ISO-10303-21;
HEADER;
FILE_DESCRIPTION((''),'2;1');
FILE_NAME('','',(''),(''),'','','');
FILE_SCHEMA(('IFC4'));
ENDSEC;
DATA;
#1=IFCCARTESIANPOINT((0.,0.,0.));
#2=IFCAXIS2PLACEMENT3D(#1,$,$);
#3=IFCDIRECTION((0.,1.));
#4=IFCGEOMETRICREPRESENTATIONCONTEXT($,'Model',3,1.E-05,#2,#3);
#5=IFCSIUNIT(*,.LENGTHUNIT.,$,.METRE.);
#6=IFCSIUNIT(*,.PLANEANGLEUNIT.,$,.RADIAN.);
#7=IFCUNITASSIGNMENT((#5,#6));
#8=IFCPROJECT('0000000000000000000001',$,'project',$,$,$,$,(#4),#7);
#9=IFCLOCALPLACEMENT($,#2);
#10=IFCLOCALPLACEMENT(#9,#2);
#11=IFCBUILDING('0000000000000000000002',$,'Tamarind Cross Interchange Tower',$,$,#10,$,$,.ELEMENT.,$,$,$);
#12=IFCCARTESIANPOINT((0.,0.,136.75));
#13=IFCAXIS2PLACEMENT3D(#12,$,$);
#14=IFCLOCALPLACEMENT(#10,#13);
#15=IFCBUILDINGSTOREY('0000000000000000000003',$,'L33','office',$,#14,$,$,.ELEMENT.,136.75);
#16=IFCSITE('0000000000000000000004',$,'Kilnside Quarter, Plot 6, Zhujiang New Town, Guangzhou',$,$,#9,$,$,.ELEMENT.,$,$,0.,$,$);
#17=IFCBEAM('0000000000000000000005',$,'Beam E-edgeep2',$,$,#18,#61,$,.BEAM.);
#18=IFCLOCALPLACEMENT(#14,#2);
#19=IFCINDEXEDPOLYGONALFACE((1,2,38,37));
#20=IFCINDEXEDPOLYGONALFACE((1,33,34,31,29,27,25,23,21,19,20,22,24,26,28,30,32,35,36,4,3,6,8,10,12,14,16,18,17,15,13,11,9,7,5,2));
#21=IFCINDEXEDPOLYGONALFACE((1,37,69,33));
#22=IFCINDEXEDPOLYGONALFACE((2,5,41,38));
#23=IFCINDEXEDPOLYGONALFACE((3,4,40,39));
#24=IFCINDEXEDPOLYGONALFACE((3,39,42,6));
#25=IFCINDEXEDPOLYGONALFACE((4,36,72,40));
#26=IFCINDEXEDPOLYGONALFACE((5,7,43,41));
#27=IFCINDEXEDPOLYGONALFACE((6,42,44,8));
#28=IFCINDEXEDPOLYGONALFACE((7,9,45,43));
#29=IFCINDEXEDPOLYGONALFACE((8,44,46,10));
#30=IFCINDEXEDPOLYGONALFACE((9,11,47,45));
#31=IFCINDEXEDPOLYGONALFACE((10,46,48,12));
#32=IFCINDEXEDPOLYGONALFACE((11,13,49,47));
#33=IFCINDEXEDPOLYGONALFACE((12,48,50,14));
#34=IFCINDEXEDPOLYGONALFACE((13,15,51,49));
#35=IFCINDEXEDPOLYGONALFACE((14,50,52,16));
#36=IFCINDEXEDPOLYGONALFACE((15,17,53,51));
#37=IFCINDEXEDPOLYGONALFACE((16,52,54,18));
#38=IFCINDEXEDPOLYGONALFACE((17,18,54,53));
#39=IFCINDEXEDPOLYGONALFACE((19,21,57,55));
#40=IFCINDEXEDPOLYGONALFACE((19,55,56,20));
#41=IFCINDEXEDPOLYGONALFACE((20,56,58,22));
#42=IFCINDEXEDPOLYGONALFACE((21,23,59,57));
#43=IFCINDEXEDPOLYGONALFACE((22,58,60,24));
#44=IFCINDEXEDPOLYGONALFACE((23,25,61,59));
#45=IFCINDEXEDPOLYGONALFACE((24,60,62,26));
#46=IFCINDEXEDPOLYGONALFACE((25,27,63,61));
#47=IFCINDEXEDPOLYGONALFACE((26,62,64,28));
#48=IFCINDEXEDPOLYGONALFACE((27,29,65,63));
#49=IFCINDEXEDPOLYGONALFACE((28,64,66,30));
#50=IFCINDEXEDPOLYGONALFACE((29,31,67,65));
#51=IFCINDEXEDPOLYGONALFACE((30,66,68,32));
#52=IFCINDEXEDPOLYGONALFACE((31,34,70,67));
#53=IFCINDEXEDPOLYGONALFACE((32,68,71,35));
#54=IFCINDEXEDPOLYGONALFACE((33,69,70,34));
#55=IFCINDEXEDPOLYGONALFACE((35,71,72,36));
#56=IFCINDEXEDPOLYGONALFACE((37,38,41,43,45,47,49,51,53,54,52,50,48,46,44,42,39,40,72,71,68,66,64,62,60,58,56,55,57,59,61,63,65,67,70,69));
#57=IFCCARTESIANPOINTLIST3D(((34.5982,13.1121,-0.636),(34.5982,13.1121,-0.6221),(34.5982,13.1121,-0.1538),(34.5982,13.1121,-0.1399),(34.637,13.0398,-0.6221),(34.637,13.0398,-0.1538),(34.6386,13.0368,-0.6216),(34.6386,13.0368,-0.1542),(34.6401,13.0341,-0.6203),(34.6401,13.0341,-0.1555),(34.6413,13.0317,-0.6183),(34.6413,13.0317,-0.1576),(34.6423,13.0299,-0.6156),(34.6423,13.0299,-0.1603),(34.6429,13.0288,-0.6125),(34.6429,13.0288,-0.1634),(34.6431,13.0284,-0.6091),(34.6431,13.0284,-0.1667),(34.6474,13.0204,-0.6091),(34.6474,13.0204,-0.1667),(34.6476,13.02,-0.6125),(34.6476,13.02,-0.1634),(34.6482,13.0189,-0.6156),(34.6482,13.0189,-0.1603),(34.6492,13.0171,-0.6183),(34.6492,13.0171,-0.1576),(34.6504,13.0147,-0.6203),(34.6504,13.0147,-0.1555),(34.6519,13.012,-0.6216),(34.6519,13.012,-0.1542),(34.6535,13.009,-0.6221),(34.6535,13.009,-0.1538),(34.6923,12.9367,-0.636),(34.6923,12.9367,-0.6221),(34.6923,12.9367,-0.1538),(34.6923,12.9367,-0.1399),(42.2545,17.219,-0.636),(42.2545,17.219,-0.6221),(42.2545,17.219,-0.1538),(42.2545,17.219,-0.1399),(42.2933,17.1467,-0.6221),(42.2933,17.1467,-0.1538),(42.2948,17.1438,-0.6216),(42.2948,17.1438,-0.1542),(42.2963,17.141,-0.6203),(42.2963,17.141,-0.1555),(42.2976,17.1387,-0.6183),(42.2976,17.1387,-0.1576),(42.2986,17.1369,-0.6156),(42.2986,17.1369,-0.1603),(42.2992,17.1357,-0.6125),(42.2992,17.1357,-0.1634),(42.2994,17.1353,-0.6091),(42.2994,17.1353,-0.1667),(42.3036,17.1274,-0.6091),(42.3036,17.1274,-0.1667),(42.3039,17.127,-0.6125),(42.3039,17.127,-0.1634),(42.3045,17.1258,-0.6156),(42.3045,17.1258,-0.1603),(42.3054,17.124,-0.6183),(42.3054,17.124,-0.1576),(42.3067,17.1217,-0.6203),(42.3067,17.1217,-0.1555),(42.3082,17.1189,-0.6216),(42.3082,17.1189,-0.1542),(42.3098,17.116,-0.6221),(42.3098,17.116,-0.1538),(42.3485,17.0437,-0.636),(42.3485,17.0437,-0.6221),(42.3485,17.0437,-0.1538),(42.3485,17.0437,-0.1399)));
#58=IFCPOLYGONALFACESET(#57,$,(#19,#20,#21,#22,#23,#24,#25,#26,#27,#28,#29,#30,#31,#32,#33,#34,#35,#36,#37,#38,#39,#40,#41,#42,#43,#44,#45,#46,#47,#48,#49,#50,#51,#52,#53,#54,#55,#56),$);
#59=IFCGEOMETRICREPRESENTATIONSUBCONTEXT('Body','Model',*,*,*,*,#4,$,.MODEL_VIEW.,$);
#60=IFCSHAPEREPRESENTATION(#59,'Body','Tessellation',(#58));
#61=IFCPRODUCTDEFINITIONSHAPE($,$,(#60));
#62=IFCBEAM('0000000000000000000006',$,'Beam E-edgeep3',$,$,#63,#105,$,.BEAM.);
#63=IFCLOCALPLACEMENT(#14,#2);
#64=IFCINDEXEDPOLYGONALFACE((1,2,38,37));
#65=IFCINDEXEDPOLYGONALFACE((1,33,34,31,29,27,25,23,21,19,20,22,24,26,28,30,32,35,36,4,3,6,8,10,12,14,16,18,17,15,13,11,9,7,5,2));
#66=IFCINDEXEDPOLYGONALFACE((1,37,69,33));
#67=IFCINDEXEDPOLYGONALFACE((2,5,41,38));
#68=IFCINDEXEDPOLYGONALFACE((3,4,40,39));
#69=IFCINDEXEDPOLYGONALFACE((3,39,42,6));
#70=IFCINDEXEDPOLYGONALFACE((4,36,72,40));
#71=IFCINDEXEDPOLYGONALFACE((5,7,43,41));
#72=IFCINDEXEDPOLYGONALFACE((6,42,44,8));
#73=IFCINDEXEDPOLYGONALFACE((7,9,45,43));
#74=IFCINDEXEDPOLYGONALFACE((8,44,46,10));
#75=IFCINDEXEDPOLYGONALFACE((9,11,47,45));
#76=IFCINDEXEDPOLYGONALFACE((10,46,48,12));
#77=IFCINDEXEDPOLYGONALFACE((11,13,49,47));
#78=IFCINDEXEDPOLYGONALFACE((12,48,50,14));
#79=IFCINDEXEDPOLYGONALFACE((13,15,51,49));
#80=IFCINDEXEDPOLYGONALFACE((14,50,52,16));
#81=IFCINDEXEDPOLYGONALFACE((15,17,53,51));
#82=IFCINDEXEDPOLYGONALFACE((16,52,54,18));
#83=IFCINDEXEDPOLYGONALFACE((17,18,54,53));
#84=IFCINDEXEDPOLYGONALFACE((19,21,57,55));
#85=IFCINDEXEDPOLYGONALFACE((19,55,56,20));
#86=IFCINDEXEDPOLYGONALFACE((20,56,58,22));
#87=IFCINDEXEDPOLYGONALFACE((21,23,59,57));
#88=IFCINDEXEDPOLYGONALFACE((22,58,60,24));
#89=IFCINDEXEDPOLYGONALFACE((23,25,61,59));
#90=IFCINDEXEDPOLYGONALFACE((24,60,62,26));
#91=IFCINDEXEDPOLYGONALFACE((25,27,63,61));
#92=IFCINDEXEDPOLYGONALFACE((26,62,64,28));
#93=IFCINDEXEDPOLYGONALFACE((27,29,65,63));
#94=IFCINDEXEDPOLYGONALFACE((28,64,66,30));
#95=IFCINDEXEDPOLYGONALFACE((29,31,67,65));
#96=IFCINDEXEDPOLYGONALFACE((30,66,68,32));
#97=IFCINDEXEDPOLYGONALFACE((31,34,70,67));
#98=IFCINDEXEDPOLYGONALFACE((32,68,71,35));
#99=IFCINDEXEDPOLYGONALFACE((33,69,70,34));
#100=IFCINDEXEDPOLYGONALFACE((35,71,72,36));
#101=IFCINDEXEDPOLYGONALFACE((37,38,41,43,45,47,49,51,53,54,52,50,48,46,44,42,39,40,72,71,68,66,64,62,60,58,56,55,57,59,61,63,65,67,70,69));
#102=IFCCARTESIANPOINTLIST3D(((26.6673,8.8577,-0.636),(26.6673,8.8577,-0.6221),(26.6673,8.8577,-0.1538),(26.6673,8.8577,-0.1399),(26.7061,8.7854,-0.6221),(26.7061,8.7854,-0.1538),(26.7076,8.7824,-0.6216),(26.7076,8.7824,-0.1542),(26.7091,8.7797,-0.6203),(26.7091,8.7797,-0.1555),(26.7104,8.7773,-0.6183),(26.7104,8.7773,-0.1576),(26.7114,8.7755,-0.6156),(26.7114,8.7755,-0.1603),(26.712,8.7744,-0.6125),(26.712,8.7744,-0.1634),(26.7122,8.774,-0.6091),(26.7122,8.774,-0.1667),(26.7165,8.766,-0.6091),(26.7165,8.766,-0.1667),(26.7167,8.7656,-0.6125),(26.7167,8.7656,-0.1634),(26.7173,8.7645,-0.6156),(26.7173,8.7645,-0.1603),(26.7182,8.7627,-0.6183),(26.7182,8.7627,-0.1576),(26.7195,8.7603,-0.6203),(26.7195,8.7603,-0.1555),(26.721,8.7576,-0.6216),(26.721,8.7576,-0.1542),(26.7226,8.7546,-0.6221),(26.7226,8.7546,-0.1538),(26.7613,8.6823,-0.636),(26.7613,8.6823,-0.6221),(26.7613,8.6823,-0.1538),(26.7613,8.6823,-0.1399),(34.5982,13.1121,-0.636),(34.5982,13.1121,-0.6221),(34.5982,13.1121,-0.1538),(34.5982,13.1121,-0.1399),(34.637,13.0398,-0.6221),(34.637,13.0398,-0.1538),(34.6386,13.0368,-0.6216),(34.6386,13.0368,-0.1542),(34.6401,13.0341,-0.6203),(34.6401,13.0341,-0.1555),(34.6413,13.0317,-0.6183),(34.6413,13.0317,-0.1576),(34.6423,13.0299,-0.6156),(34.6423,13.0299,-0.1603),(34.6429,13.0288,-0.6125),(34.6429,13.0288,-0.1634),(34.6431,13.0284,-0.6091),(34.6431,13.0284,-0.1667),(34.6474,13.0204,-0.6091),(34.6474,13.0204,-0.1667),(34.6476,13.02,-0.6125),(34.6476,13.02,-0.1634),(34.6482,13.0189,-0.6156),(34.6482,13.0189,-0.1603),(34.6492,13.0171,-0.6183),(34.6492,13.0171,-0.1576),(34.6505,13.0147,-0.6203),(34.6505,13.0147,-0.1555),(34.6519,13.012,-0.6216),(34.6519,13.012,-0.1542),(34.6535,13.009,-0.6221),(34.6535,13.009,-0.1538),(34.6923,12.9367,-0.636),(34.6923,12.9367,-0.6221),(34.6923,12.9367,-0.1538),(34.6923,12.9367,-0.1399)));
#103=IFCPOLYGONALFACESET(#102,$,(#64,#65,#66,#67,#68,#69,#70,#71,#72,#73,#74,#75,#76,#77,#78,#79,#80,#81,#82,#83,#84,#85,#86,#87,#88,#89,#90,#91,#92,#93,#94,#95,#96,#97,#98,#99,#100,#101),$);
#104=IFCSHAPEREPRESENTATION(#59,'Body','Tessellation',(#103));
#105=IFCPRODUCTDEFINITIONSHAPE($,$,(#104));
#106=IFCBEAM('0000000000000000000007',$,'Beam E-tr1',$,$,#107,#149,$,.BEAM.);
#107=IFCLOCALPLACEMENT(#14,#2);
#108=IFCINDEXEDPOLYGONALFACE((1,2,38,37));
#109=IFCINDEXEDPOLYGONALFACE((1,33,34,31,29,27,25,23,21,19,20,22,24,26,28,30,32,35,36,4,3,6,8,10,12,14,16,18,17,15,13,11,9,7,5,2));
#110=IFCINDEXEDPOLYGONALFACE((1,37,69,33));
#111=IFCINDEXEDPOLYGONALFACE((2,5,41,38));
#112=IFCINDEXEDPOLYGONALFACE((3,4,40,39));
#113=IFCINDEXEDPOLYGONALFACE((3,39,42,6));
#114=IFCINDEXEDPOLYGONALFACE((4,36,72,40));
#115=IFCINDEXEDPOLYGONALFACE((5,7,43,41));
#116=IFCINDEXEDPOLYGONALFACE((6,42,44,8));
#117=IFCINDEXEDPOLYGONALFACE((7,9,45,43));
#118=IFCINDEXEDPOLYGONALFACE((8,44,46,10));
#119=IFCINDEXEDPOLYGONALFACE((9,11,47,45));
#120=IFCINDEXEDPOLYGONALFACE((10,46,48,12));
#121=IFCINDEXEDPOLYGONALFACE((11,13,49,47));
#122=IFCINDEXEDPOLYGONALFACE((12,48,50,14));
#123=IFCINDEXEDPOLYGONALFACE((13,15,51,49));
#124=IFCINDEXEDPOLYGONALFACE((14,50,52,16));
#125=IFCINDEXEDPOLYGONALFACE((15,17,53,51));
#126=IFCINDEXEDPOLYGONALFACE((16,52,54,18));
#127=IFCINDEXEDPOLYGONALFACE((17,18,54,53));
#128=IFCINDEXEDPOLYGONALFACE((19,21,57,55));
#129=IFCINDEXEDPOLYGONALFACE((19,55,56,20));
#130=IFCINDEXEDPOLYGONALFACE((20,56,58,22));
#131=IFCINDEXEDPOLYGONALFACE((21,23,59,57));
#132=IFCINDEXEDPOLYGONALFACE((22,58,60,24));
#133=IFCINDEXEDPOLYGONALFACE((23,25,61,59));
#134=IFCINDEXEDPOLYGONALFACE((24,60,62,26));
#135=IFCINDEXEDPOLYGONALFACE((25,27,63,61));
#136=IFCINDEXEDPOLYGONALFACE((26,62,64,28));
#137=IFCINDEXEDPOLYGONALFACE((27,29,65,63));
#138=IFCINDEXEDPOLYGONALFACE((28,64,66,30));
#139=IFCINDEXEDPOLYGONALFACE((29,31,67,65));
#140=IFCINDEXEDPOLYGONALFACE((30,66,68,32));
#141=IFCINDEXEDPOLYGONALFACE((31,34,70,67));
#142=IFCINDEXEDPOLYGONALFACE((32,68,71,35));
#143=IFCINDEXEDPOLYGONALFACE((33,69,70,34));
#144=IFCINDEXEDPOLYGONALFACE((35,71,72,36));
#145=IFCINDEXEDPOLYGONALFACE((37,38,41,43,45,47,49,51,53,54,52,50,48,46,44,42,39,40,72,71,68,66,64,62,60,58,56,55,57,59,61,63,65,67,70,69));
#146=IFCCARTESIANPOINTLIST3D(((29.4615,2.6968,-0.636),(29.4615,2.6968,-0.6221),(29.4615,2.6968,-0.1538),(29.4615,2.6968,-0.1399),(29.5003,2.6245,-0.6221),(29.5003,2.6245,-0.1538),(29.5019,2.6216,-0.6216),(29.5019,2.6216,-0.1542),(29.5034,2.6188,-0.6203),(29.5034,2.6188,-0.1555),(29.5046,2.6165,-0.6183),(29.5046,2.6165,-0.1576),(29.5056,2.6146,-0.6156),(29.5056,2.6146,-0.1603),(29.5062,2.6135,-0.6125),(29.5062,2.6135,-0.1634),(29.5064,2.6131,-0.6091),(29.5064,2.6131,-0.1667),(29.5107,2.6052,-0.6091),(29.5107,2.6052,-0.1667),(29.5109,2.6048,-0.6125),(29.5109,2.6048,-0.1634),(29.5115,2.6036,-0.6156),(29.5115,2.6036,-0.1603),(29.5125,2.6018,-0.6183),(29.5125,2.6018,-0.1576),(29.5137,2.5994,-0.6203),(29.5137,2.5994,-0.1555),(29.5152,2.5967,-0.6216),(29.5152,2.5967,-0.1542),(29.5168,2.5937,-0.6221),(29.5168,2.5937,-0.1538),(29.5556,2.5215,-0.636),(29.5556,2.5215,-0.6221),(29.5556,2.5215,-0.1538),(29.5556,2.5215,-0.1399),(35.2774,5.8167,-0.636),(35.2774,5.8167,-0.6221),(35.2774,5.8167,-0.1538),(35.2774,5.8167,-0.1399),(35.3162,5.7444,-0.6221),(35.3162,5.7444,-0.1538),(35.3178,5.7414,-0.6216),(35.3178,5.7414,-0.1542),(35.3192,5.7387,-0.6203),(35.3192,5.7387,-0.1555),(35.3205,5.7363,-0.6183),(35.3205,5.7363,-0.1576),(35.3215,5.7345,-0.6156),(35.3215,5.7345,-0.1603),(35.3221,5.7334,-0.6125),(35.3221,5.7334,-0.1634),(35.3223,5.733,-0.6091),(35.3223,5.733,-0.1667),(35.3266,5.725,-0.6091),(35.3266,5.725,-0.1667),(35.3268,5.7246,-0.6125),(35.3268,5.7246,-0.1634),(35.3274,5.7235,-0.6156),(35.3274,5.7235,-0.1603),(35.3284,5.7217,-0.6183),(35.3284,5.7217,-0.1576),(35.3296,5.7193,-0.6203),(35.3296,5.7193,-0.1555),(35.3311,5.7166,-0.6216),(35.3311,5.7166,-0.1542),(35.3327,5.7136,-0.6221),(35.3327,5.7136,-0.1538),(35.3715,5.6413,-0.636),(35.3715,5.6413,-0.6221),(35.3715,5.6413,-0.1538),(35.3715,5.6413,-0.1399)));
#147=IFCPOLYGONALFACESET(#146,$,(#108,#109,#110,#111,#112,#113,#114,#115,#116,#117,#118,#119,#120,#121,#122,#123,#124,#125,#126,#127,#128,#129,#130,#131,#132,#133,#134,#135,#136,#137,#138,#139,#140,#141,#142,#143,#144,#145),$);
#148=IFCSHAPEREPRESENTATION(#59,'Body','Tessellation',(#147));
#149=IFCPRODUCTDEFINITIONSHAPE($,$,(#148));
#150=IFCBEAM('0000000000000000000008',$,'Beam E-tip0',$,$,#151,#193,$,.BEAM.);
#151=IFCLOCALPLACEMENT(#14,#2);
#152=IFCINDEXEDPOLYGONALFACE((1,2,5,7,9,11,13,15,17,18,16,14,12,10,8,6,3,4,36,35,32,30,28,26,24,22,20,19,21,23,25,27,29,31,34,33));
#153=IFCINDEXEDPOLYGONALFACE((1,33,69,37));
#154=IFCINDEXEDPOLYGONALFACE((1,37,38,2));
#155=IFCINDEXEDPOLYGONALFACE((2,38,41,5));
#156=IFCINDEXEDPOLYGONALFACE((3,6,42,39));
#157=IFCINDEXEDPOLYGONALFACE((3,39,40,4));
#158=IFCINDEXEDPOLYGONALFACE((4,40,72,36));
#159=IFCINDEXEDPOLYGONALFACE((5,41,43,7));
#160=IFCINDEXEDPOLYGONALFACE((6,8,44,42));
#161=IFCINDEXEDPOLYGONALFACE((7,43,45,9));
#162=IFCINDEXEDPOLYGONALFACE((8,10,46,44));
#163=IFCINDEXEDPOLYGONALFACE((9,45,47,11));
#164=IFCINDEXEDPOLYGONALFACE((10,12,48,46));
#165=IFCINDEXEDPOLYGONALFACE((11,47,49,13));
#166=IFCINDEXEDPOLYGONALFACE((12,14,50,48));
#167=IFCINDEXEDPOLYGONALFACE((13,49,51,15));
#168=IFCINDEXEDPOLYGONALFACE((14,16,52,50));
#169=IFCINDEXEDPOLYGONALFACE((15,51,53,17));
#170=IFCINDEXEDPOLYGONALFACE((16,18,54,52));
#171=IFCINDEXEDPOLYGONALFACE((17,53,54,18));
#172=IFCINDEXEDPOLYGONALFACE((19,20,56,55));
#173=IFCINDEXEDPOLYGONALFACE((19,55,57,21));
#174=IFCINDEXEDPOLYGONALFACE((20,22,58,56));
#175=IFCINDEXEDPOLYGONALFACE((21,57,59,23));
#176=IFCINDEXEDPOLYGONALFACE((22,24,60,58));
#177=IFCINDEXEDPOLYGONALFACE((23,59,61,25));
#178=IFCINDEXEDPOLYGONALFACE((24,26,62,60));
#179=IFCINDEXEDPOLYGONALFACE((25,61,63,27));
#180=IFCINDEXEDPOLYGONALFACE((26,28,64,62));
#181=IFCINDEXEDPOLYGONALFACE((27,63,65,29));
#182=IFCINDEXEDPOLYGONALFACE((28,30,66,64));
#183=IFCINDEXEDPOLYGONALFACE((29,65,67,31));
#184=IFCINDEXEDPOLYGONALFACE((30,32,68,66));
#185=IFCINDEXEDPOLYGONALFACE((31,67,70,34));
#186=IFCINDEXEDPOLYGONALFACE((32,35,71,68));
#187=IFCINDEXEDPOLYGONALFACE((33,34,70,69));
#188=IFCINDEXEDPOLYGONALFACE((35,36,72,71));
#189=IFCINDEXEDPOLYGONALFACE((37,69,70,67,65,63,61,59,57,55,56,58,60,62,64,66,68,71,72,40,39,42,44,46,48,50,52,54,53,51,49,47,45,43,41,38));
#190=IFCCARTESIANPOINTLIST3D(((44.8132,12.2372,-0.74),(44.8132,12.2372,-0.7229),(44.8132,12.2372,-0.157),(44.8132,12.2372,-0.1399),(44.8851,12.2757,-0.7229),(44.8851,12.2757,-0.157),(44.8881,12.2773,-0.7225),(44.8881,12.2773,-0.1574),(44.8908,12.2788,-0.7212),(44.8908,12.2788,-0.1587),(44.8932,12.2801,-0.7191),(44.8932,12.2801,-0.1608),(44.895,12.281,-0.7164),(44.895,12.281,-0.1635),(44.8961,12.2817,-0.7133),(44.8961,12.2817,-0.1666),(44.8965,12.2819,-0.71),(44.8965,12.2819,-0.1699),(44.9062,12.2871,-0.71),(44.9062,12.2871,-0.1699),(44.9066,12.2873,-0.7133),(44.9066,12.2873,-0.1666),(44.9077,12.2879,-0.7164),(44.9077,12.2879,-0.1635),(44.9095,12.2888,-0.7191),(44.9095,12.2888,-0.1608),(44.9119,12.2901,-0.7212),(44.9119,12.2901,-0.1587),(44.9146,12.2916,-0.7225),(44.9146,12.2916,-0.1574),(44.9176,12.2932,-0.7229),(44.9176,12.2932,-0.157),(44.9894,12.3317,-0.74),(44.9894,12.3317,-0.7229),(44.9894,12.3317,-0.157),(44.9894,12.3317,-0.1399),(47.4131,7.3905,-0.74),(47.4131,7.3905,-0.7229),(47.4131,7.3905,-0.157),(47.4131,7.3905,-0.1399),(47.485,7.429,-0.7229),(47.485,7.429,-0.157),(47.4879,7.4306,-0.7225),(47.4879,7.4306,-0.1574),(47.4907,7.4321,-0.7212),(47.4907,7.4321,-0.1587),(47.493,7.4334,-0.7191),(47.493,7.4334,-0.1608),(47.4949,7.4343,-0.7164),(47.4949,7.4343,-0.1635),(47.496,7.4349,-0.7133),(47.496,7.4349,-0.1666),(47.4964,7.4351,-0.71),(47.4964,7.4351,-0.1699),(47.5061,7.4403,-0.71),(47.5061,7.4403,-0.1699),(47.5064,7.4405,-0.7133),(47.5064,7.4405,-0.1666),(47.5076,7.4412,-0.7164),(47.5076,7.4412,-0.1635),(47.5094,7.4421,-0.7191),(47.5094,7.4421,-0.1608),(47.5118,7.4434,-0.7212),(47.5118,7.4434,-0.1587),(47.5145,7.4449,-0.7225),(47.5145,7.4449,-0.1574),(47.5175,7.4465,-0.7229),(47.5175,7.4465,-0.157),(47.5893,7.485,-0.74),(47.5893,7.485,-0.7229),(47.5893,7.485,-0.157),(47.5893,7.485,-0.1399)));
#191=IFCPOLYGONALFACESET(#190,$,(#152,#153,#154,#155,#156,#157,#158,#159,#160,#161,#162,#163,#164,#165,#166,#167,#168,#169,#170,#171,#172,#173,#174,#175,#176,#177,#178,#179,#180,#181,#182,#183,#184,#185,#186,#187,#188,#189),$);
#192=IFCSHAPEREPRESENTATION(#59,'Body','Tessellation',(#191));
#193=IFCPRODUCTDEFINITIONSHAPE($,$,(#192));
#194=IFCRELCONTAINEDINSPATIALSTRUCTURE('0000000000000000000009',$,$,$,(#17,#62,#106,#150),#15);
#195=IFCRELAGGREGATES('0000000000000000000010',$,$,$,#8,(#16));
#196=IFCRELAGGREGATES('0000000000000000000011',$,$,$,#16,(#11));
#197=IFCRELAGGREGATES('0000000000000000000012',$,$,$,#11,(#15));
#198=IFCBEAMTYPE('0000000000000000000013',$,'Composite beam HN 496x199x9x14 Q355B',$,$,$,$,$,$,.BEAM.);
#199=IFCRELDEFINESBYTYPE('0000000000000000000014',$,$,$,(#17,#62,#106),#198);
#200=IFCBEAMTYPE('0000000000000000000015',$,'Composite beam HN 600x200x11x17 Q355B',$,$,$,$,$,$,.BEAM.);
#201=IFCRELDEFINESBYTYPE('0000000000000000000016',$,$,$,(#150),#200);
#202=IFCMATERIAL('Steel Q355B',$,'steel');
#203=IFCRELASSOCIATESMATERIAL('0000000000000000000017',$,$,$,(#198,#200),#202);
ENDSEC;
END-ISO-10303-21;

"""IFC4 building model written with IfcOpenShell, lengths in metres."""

from ifc_helpers import new_model, si_unit, direction, frame, origin, origin_2d, place, context, subcontext, project, spatial, i_section, extrude, material, material_profile, profile_set, type_object, element, save


model = new_model("IFC4")

# Units and contexts
model_context = context("Model", 3, precision=1e-05, world=origin(), true_north=direction((0.0, 1.0)))
body_context = subcontext(model_context, "Body", "Model", "MODEL_VIEW")
ifc_project = project(units=[si_unit("LENGTHUNIT", "METRE"), si_unit("PLANEANGLEUNIT", "RADIAN")], contexts=[model_context])

# Site, building, storey
site_placement = place(None, origin())
site = spatial("IfcSite", under=ifc_project, at=site_placement, Name="Kilnside Quarter, Plot 6, Zhujiang New Town, Guangzhou", CompositionType="ELEMENT", RefElevation=0.0)
building_placement = place(site_placement, origin())
building = spatial("IfcBuilding", under=site, at=building_placement, Name="Tamarind Cross Interchange Tower", CompositionType="ELEMENT")
storey_placement = place(building_placement, frame((0.0, 0.0, 136.75)))
storey = spatial("IfcBuildingStorey", under=building, at=storey_placement, Name="L33", Description="office", CompositionType="ELEMENT", Elevation=136.75)

# Beams
ifc_material_1 = material(Name="Steel Q355B", Category="steel")
ifc_material_profile_1 = material_profile(ifc_material_1, i_section(OverallWidth=0.199, OverallDepth=0.4961, WebThickness=0.009, FlangeThickness=0.0139, FilletRadius=0.0129, at=origin_2d()), Name="HN 496x199x9x14")
ifc_profile_set_1 = profile_set([ifc_material_profile_1], Name="Steel Q355B")
beam_type_1 = type_object("IfcBeamType", Name="Composite beam HN 496x199x9x14 Q355B", PredefinedType="BEAM", material=ifc_profile_set_1)
beam_1_placement = place(storey_placement, frame((42.3015, 17.1313, -0.3879), z_axis=(-0.881223, -0.472702, 0.0), x_axis=(0.472702, -0.881223, 0.0)))
element("IfcBeam", 1, at=beam_1_placement, inside=storey, type_object=beam_type_1, Name="Beam E-edgeep2", PredefinedType="BEAM", context=body_context, shape_type="SweptSolid", body=[
    extrude(i_section(OverallWidth=0.199, OverallDepth=0.4961, WebThickness=0.009, FlangeThickness=0.0139, FilletRadius=0.0129, at=origin_2d()), origin(), (0.0, 0.0, 1.0), 8.6882),
])
beam_2_placement = place(storey_placement, frame((34.6453, 13.0244, -0.3879), z_axis=(-0.881216, -0.472713, 0.0), x_axis=(0.472713, -0.881216, 0.0)))
element("IfcBeam", 2, at=beam_2_placement, inside=storey, type_object=beam_type_1, Name="Beam E-edgeep3", PredefinedType="BEAM", context=body_context, shape_type="SweptSolid", body=[
    extrude(i_section(OverallWidth=0.199, OverallDepth=0.4961, WebThickness=0.009, FlangeThickness=0.0139, FilletRadius=0.0129, at=origin_2d()), origin(), (0.0, 0.0, 1.0), 9.0),
])
beam_3_placement = place(storey_placement, frame((29.5085, 2.6091, -0.3879), z_axis=(0.881215, 0.472716, 0.0), x_axis=(-0.472716, 0.881215, 0.0)))
element("IfcBeam", 3, at=beam_3_placement, inside=storey, type_object=beam_type_1, Name="Beam E-tr1", PredefinedType="BEAM", context=body_context, shape_type="SweptSolid", body=[
    extrude(i_section(OverallWidth=0.199, OverallDepth=0.4961, WebThickness=0.009, FlangeThickness=0.0139, FilletRadius=0.0129, at=origin_2d()), origin(), (0.0, 0.0, 1.0), 6.5999),
])
ifc_material_profile_2 = material_profile(ifc_material_1, i_section(OverallWidth=0.2, OverallDepth=0.6001, WebThickness=0.011, FlangeThickness=0.0171, FilletRadius=0.0129, at=origin_2d()), Name="HN 600x200x11x17")
ifc_profile_set_2 = profile_set([ifc_material_profile_2], Name="Steel Q355B")
beam_type_2 = type_object("IfcBeamType", Name="Composite beam HN 600x200x11x17 Q355B", PredefinedType="BEAM", material=ifc_profile_set_2)
beam_4_placement = place(storey_placement, frame((47.5012, 7.4377, -0.4399), z_axis=(-0.472704, 0.881221, 0.0), x_axis=(-0.881221, -0.472704, 0.0)))
element("IfcBeam", 4, at=beam_4_placement, inside=storey, type_object=beam_type_2, Name="Beam E-tip0", PredefinedType="BEAM", context=body_context, shape_type="SweptSolid", body=[
    extrude(i_section(OverallWidth=0.2, OverallDepth=0.6001, WebThickness=0.011, FlangeThickness=0.0171, FilletRadius=0.0129, at=origin_2d()), origin(), (0.0, 0.0, 1.0), 5.5),
])

save(model, "model.ifc")
